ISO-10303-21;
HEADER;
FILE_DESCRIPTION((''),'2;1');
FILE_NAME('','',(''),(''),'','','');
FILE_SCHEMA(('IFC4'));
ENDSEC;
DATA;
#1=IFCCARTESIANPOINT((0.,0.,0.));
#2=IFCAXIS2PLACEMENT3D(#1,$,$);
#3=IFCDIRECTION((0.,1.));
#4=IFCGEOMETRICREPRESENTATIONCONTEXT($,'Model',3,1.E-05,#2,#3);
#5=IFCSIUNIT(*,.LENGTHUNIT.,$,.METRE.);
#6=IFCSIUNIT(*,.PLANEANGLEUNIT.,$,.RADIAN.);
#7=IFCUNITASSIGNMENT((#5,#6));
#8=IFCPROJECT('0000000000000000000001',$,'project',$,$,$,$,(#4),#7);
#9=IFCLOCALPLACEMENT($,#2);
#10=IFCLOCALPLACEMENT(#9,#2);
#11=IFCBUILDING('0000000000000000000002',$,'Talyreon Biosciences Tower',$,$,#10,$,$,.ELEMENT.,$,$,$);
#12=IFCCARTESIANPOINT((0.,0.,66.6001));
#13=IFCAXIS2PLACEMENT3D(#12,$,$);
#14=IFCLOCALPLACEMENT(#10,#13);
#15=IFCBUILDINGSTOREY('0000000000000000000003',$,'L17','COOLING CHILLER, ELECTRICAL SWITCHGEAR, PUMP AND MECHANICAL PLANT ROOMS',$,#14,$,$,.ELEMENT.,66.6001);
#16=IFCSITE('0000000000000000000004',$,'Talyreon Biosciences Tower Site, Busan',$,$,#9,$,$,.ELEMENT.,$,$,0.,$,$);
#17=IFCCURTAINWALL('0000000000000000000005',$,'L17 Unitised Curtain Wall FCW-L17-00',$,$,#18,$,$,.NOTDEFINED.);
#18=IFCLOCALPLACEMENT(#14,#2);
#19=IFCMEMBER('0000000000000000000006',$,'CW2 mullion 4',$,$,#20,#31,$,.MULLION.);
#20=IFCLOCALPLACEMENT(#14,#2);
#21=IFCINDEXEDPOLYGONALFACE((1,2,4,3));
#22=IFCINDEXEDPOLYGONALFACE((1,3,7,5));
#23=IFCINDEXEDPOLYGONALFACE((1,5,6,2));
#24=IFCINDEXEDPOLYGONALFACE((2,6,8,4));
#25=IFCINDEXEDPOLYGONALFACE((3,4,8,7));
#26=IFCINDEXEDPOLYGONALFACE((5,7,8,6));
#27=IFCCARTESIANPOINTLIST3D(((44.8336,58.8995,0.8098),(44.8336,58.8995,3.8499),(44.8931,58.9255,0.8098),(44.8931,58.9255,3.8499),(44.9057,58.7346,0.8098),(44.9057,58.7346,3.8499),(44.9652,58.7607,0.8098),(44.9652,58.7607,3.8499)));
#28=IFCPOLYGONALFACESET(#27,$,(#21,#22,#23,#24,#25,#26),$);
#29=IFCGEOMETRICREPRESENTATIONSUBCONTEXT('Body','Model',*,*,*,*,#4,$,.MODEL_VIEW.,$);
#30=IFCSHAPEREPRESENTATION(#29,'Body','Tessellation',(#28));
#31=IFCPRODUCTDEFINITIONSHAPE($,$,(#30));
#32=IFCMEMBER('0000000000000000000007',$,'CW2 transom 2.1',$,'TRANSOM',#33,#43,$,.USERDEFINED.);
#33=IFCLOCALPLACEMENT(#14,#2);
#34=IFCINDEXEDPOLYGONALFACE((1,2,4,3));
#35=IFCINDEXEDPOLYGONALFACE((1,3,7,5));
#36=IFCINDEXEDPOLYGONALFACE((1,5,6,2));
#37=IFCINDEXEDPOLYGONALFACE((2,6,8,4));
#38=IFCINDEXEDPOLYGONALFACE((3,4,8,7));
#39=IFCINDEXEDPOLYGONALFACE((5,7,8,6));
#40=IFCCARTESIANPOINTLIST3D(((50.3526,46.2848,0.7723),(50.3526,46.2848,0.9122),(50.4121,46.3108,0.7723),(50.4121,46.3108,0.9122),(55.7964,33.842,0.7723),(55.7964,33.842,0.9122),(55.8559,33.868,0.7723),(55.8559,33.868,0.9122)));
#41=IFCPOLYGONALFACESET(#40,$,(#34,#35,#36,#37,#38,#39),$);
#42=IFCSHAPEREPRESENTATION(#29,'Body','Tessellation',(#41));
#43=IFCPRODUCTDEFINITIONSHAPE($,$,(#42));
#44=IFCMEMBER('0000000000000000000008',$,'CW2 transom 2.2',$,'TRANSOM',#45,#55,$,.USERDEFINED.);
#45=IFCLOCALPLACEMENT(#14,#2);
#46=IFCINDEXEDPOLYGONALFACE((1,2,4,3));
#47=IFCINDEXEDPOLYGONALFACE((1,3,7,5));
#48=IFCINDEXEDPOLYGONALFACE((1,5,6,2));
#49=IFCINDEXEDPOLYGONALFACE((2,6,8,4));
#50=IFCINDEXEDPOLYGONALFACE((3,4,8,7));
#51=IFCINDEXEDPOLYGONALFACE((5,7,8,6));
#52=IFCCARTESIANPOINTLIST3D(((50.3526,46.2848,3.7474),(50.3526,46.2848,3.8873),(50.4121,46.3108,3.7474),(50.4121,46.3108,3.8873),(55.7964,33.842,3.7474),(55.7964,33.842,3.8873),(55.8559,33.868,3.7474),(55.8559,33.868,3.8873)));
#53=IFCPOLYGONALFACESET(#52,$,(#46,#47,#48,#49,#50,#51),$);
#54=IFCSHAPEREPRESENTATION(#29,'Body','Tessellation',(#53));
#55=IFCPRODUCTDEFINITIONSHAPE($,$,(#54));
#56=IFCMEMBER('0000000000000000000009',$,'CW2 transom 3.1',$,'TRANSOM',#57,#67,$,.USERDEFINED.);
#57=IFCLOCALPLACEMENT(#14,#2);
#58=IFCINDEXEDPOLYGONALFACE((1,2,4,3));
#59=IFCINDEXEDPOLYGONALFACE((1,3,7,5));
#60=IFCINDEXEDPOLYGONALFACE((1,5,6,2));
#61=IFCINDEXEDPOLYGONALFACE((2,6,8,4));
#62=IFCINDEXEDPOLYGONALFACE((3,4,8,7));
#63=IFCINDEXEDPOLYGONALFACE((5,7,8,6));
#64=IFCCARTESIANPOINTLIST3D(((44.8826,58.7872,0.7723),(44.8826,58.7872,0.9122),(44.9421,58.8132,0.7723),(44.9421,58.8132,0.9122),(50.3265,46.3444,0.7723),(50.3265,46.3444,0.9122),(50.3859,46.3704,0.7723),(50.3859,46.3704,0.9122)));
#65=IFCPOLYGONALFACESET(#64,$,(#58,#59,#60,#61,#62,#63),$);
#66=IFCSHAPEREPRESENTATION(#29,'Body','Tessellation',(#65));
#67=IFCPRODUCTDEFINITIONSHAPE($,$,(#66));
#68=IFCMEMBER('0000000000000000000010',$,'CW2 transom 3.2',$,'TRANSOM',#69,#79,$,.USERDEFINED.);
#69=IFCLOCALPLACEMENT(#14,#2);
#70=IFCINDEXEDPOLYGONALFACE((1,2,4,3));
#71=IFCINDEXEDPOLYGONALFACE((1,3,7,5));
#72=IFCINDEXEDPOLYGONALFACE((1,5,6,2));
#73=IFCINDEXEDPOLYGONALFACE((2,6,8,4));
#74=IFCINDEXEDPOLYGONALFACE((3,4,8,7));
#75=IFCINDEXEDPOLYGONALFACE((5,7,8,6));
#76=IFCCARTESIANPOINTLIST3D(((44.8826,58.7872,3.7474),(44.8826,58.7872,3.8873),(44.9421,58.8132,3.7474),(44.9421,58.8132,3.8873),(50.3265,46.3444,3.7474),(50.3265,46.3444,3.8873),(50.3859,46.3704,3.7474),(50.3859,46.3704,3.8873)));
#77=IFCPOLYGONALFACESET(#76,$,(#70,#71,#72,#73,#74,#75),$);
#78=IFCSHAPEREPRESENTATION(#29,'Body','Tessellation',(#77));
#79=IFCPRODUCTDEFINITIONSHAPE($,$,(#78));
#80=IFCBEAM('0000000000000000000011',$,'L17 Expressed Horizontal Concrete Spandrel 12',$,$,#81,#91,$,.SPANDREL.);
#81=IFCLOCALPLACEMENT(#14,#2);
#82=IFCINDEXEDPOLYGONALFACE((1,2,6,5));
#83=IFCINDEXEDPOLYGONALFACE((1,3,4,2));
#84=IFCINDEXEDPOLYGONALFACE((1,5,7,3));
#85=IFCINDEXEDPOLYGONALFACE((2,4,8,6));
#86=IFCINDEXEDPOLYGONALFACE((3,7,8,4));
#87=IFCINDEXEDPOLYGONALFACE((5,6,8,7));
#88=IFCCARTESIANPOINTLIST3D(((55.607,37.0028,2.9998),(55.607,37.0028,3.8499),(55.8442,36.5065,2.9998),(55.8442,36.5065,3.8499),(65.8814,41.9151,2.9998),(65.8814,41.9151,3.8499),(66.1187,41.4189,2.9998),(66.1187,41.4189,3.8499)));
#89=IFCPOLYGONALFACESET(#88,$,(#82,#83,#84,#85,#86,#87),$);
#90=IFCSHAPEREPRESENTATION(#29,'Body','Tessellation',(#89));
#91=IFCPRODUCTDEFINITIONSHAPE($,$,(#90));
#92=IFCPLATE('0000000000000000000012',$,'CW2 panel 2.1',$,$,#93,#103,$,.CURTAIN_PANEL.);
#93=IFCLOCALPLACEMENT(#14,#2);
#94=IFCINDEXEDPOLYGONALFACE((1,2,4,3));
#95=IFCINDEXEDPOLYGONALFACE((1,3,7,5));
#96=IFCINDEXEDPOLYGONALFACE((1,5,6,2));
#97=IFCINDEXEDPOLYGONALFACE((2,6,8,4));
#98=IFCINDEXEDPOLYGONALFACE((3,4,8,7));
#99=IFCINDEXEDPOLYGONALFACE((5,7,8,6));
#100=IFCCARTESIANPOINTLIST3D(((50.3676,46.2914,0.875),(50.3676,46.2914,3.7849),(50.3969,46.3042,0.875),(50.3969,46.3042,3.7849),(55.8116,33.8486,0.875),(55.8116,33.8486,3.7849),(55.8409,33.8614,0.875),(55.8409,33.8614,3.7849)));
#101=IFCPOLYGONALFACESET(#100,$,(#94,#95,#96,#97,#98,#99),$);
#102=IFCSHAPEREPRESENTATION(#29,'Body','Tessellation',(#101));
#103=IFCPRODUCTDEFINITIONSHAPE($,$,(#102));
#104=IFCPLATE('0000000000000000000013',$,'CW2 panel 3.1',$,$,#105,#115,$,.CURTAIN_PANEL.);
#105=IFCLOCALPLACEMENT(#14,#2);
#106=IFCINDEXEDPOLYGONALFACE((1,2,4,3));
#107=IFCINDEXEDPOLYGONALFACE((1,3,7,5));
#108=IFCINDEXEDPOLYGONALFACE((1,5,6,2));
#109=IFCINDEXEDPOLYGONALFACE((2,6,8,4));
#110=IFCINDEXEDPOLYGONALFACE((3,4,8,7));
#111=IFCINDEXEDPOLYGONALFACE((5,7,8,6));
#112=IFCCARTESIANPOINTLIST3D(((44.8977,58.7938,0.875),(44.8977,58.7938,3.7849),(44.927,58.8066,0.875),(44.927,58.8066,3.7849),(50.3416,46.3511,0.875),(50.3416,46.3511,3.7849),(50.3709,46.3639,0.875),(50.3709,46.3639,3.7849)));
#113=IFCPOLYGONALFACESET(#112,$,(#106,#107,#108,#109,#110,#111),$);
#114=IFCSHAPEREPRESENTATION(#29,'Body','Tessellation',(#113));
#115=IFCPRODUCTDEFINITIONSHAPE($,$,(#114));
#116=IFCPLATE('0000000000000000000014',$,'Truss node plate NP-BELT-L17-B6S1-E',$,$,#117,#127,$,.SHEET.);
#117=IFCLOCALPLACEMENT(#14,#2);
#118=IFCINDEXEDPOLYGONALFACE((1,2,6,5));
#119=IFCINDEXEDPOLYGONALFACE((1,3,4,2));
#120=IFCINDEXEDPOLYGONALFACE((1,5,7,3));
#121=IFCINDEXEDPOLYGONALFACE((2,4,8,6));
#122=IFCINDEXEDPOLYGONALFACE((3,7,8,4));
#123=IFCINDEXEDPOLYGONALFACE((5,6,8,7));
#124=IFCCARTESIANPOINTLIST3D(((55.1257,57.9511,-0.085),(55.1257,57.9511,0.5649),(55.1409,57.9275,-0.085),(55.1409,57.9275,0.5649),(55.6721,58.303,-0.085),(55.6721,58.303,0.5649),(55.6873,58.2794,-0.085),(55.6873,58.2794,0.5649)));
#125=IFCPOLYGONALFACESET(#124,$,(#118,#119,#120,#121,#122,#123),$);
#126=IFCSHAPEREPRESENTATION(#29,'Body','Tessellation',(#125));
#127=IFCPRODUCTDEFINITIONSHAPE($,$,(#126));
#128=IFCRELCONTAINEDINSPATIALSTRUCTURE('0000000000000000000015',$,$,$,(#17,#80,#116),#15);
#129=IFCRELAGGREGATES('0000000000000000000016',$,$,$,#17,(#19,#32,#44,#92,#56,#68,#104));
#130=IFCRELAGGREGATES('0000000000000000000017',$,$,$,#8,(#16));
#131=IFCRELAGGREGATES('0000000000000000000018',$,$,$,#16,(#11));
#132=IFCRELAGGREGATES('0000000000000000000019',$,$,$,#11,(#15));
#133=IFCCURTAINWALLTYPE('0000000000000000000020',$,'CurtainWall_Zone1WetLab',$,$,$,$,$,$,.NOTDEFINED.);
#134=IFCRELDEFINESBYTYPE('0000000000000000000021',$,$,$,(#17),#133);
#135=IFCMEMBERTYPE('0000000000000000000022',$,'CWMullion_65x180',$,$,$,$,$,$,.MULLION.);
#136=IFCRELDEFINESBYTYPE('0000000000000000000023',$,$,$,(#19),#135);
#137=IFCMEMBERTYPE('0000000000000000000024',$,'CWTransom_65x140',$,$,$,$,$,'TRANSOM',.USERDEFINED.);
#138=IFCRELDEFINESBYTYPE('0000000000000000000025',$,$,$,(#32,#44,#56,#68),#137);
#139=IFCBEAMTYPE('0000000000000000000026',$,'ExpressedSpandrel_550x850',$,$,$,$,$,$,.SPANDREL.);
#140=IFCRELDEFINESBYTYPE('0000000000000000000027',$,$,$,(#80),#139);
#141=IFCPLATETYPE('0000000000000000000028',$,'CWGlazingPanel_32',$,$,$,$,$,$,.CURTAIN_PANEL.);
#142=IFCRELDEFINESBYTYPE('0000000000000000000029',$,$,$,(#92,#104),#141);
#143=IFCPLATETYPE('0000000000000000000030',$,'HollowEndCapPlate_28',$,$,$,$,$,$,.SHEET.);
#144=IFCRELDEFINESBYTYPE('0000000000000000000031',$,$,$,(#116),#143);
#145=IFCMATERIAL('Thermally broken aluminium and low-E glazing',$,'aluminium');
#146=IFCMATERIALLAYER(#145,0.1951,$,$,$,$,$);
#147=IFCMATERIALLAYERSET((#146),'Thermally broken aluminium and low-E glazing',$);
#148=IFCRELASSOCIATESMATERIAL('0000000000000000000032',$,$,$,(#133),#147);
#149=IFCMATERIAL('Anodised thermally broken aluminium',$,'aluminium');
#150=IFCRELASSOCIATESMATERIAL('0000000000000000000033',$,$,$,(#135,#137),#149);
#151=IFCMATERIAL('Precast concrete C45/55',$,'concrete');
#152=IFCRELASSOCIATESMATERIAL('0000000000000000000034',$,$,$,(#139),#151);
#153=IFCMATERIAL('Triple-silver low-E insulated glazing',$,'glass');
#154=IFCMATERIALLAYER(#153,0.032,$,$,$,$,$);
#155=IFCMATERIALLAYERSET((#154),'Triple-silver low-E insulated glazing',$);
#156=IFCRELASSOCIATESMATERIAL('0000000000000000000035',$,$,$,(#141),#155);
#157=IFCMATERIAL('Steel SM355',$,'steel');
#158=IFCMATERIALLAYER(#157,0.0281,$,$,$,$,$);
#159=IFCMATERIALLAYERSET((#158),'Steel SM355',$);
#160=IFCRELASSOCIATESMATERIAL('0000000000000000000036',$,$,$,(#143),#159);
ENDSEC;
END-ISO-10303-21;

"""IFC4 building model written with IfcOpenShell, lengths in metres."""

from ifc_helpers import new_model, si_unit, direction, frame, origin, origin_2d, place, context, subcontext, project, spatial, rectangle, extrude, material, layer, layer_set, material_profile, profile_set, type_object, element, aggregate, save


model = new_model("IFC4")

# Units and contexts
model_context = context("Model", 3, precision=1e-05, world=origin(), true_north=direction((0.0, 1.0)))
body_context = subcontext(model_context, "Body", "Model", "MODEL_VIEW")
ifc_project = project(units=[si_unit("LENGTHUNIT", "METRE"), si_unit("PLANEANGLEUNIT", "RADIAN")], contexts=[model_context])

# Site, building, storey
site_placement = place(None, origin())
site = spatial("IfcSite", under=ifc_project, at=site_placement, Name="Talyreon Biosciences Tower Site, Busan", CompositionType="ELEMENT", RefElevation=0.0)
building_placement = place(site_placement, origin())
building = spatial("IfcBuilding", under=site, at=building_placement, Name="Talyreon Biosciences Tower", CompositionType="ELEMENT")
storey_placement = place(building_placement, frame((0.0, 0.0, 66.6001)))
storey = spatial("IfcBuildingStorey", under=building, at=storey_placement, Name="L17", Description="COOLING CHILLER, ELECTRICAL SWITCHGEAR, PUMP AND MECHANICAL PLANT ROOMS", CompositionType="ELEMENT", Elevation=66.6001)

# Shared definitions
ifc_material_1 = material(Name="Steel SM355", Category="steel")

# Curtain wall, members
ifc_material_2 = material(Name="Thermally broken aluminium and low-E glazing", Category="aluminium")
ifc_layer_1 = layer(ifc_material_2, 0.1951)
ifc_layer_set_1 = layer_set([ifc_layer_1], Name="Thermally broken aluminium and low-E glazing")
curtain_wall_type = type_object("IfcCurtainWallType", Name="CurtainWall_Zone1WetLab", PredefinedType="NOTDEFINED", material=ifc_layer_set_1)
curtain_wall_placement = place(storey_placement, origin())
curtain_wall = element("IfcCurtainWall", 1, at=curtain_wall_placement, inside=storey, type_object=curtain_wall_type, Name="L17 Unitised Curtain Wall FCW-L17-00", PredefinedType="NOTDEFINED")
ifc_material_3 = material(Name="Anodised thermally broken aluminium", Category="aluminium")
ifc_material_profile_1 = material_profile(ifc_material_3, rectangle(XDim=0.0649, YDim=0.1799, at=origin_2d()), Name="ALUM MULLION 65x180")
ifc_profile_set_1 = profile_set([ifc_material_profile_1], Name="Anodised thermally broken aluminium")
member_type_1 = type_object("IfcMemberType", Name="CWMullion_65x180", PredefinedType="MULLION", material=ifc_profile_set_1)
member_1_placement = place(storey_placement, frame((44.8994, 58.8301, 0.8098), z_axis=(0.0, 0.0, 1.0), x_axis=(-0.916152, -0.400831, 0.0)))
member_1 = element("IfcMember", 2, at=member_1_placement, type_object=member_type_1, Name="CW2 mullion 4", PredefinedType="MULLION", context=body_context, shape_type="SweptSolid", body=[
    extrude(rectangle(XDim=0.0649, YDim=0.1799, at=origin_2d()), origin(), (0.0, 0.0, 1.0), 3.04),
])
ifc_material_profile_2 = material_profile(ifc_material_3, rectangle(XDim=0.0649, YDim=0.1399, at=origin_2d()), Name="ALUM TRANSOM 65x140")
ifc_profile_set_2 = profile_set([ifc_material_profile_2], Name="Anodised thermally broken aluminium")
member_type_2 = type_object("IfcMemberType", Name="CWTransom_65x140", ElementType="TRANSOM", PredefinedType="USERDEFINED", material=ifc_profile_set_2)
member_2_placement = place(storey_placement, frame((55.8262, 33.855, 0.8423), z_axis=(-0.400824, 0.916155, 0.0), x_axis=(-0.916155, -0.400824, 0.0)))
member_2 = element("IfcMember", 3, at=member_2_placement, type_object=member_type_2, Name="CW2 transom 2.1", ObjectType="TRANSOM", PredefinedType="USERDEFINED", context=body_context, shape_type="SweptSolid", body=[
    extrude(rectangle(XDim=0.0649, YDim=0.1399, at=origin_2d()), origin(), (0.0, 0.0, 1.0), 13.5815),
])
member_3_placement = place(storey_placement, frame((55.8262, 33.855, 3.8174), z_axis=(-0.400824, 0.916155, 0.0), x_axis=(-0.916155, -0.400824, 0.0)))
member_3 = element("IfcMember", 4, at=member_3_placement, type_object=member_type_2, Name="CW2 transom 2.2", ObjectType="TRANSOM", PredefinedType="USERDEFINED", context=body_context, shape_type="SweptSolid", body=[
    extrude(rectangle(XDim=0.0649, YDim=0.1399, at=origin_2d()), origin(), (0.0, 0.0, 1.0), 13.5815),
])
member_4_placement = place(storey_placement, frame((50.3562, 46.3574, 0.8423), z_axis=(-0.400824, 0.916155, 0.0), x_axis=(-0.916155, -0.400824, 0.0)))
member_4 = element("IfcMember", 5, at=member_4_placement, type_object=member_type_2, Name="CW2 transom 3.1", ObjectType="TRANSOM", PredefinedType="USERDEFINED", context=body_context, shape_type="SweptSolid", body=[
    extrude(rectangle(XDim=0.0649, YDim=0.1399, at=origin_2d()), origin(), (0.0, 0.0, 1.0), 13.5815),
])
member_5_placement = place(storey_placement, frame((50.3562, 46.3574, 3.8174), z_axis=(-0.400824, 0.916155, 0.0), x_axis=(-0.916155, -0.400824, 0.0)))
member_5 = element("IfcMember", 6, at=member_5_placement, type_object=member_type_2, Name="CW2 transom 3.2", ObjectType="TRANSOM", PredefinedType="USERDEFINED", context=body_context, shape_type="SweptSolid", body=[
    extrude(rectangle(XDim=0.0649, YDim=0.1399, at=origin_2d()), origin(), (0.0, 0.0, 1.0), 13.5815),
])

# Beam
ifc_material_4 = material(Name="Precast concrete C45/55", Category="concrete")
ifc_material_profile_3 = material_profile(ifc_material_4, rectangle(XDim=0.55, YDim=0.8501, at=origin_2d()), Name="RCB 550x850")
ifc_profile_set_3 = profile_set([ifc_material_profile_3], Name="Precast concrete C45/55")
beam_type = type_object("IfcBeamType", Name="ExpressedSpandrel_550x850", PredefinedType="SPANDREL", material=ifc_profile_set_3)
beam_placement = place(storey_placement, frame((55.7256, 36.7546, 3.4248), z_axis=(0.902185, 0.431349, 0.0), x_axis=(-0.431349, 0.902185, 0.0)))
element("IfcBeam", 7, at=beam_placement, inside=storey, type_object=beam_type, Name="L17 Expressed Horizontal Concrete Spandrel 12", PredefinedType="SPANDREL", context=body_context, shape_type="SweptSolid", body=[
    extrude(rectangle(XDim=0.55, YDim=0.8501, at=origin_2d()), origin(), (0.0, 0.0, 1.0), 11.3884),
])

# Plates
ifc_material_5 = material(Name="Triple-silver low-E insulated glazing", Category="glass")
ifc_layer_2 = layer(ifc_material_5, 0.032)
ifc_layer_set_2 = layer_set([ifc_layer_2], Name="Triple-silver low-E insulated glazing")
plate_type_1 = type_object("IfcPlateType", Name="CWGlazingPanel_32", PredefinedType="CURTAIN_PANEL", material=ifc_layer_set_2)
plate_1_placement = place(storey_placement, frame((53.1042, 40.0764, 0.875), z_axis=(0.0, 0.0, 1.0), x_axis=(-0.400831, 0.916152, 0.0)))
plate_1 = element("IfcPlate", 8, at=plate_1_placement, type_object=plate_type_1, Name="CW2 panel 2.1", PredefinedType="CURTAIN_PANEL", context=body_context, shape_type="SweptSolid", body=[
    extrude(rectangle(XDim=13.5815, YDim=0.032, at=origin_2d()), origin(), (0.0, 0.0, 1.0), 2.9099),
])
plate_2_placement = place(storey_placement, frame((47.6343, 52.5789, 0.875), z_axis=(0.0, 0.0, 1.0), x_axis=(-0.400831, 0.916152, 0.0)))
plate_2 = element("IfcPlate", 9, at=plate_2_placement, type_object=plate_type_1, Name="CW2 panel 3.1", PredefinedType="CURTAIN_PANEL", context=body_context, shape_type="SweptSolid", body=[
    extrude(rectangle(XDim=13.5815, YDim=0.032, at=origin_2d()), origin(), (0.0, 0.0, 1.0), 2.9099),
])
aggregate(curtain_wall, [member_1, member_2, member_3, plate_1, member_4, member_5, plate_2])
ifc_layer_3 = layer(ifc_material_1, 0.0281)
ifc_layer_set_3 = layer_set([ifc_layer_3], Name="Steel SM355")
plate_type_2 = type_object("IfcPlateType", Name="HollowEndCapPlate_28", PredefinedType="SHEET", material=ifc_layer_set_3)
plate_3_placement = place(storey_placement, frame((55.4065, 58.1152, -0.085), z_axis=(0.0, 0.0, 1.0), x_axis=(0.840718, 0.541473, 0.0)))
element("IfcPlate", 10, at=plate_3_placement, inside=storey, type_object=plate_type_2, Name="Truss node plate NP-BELT-L17-B6S1-E", PredefinedType="SHEET", context=body_context, shape_type="SweptSolid", body=[
    extrude(rectangle(XDim=0.6499, YDim=0.0281, at=origin_2d()), origin(), (0.0, 0.0, 1.0), 0.6499),
])

save(model, "model.ifc")
